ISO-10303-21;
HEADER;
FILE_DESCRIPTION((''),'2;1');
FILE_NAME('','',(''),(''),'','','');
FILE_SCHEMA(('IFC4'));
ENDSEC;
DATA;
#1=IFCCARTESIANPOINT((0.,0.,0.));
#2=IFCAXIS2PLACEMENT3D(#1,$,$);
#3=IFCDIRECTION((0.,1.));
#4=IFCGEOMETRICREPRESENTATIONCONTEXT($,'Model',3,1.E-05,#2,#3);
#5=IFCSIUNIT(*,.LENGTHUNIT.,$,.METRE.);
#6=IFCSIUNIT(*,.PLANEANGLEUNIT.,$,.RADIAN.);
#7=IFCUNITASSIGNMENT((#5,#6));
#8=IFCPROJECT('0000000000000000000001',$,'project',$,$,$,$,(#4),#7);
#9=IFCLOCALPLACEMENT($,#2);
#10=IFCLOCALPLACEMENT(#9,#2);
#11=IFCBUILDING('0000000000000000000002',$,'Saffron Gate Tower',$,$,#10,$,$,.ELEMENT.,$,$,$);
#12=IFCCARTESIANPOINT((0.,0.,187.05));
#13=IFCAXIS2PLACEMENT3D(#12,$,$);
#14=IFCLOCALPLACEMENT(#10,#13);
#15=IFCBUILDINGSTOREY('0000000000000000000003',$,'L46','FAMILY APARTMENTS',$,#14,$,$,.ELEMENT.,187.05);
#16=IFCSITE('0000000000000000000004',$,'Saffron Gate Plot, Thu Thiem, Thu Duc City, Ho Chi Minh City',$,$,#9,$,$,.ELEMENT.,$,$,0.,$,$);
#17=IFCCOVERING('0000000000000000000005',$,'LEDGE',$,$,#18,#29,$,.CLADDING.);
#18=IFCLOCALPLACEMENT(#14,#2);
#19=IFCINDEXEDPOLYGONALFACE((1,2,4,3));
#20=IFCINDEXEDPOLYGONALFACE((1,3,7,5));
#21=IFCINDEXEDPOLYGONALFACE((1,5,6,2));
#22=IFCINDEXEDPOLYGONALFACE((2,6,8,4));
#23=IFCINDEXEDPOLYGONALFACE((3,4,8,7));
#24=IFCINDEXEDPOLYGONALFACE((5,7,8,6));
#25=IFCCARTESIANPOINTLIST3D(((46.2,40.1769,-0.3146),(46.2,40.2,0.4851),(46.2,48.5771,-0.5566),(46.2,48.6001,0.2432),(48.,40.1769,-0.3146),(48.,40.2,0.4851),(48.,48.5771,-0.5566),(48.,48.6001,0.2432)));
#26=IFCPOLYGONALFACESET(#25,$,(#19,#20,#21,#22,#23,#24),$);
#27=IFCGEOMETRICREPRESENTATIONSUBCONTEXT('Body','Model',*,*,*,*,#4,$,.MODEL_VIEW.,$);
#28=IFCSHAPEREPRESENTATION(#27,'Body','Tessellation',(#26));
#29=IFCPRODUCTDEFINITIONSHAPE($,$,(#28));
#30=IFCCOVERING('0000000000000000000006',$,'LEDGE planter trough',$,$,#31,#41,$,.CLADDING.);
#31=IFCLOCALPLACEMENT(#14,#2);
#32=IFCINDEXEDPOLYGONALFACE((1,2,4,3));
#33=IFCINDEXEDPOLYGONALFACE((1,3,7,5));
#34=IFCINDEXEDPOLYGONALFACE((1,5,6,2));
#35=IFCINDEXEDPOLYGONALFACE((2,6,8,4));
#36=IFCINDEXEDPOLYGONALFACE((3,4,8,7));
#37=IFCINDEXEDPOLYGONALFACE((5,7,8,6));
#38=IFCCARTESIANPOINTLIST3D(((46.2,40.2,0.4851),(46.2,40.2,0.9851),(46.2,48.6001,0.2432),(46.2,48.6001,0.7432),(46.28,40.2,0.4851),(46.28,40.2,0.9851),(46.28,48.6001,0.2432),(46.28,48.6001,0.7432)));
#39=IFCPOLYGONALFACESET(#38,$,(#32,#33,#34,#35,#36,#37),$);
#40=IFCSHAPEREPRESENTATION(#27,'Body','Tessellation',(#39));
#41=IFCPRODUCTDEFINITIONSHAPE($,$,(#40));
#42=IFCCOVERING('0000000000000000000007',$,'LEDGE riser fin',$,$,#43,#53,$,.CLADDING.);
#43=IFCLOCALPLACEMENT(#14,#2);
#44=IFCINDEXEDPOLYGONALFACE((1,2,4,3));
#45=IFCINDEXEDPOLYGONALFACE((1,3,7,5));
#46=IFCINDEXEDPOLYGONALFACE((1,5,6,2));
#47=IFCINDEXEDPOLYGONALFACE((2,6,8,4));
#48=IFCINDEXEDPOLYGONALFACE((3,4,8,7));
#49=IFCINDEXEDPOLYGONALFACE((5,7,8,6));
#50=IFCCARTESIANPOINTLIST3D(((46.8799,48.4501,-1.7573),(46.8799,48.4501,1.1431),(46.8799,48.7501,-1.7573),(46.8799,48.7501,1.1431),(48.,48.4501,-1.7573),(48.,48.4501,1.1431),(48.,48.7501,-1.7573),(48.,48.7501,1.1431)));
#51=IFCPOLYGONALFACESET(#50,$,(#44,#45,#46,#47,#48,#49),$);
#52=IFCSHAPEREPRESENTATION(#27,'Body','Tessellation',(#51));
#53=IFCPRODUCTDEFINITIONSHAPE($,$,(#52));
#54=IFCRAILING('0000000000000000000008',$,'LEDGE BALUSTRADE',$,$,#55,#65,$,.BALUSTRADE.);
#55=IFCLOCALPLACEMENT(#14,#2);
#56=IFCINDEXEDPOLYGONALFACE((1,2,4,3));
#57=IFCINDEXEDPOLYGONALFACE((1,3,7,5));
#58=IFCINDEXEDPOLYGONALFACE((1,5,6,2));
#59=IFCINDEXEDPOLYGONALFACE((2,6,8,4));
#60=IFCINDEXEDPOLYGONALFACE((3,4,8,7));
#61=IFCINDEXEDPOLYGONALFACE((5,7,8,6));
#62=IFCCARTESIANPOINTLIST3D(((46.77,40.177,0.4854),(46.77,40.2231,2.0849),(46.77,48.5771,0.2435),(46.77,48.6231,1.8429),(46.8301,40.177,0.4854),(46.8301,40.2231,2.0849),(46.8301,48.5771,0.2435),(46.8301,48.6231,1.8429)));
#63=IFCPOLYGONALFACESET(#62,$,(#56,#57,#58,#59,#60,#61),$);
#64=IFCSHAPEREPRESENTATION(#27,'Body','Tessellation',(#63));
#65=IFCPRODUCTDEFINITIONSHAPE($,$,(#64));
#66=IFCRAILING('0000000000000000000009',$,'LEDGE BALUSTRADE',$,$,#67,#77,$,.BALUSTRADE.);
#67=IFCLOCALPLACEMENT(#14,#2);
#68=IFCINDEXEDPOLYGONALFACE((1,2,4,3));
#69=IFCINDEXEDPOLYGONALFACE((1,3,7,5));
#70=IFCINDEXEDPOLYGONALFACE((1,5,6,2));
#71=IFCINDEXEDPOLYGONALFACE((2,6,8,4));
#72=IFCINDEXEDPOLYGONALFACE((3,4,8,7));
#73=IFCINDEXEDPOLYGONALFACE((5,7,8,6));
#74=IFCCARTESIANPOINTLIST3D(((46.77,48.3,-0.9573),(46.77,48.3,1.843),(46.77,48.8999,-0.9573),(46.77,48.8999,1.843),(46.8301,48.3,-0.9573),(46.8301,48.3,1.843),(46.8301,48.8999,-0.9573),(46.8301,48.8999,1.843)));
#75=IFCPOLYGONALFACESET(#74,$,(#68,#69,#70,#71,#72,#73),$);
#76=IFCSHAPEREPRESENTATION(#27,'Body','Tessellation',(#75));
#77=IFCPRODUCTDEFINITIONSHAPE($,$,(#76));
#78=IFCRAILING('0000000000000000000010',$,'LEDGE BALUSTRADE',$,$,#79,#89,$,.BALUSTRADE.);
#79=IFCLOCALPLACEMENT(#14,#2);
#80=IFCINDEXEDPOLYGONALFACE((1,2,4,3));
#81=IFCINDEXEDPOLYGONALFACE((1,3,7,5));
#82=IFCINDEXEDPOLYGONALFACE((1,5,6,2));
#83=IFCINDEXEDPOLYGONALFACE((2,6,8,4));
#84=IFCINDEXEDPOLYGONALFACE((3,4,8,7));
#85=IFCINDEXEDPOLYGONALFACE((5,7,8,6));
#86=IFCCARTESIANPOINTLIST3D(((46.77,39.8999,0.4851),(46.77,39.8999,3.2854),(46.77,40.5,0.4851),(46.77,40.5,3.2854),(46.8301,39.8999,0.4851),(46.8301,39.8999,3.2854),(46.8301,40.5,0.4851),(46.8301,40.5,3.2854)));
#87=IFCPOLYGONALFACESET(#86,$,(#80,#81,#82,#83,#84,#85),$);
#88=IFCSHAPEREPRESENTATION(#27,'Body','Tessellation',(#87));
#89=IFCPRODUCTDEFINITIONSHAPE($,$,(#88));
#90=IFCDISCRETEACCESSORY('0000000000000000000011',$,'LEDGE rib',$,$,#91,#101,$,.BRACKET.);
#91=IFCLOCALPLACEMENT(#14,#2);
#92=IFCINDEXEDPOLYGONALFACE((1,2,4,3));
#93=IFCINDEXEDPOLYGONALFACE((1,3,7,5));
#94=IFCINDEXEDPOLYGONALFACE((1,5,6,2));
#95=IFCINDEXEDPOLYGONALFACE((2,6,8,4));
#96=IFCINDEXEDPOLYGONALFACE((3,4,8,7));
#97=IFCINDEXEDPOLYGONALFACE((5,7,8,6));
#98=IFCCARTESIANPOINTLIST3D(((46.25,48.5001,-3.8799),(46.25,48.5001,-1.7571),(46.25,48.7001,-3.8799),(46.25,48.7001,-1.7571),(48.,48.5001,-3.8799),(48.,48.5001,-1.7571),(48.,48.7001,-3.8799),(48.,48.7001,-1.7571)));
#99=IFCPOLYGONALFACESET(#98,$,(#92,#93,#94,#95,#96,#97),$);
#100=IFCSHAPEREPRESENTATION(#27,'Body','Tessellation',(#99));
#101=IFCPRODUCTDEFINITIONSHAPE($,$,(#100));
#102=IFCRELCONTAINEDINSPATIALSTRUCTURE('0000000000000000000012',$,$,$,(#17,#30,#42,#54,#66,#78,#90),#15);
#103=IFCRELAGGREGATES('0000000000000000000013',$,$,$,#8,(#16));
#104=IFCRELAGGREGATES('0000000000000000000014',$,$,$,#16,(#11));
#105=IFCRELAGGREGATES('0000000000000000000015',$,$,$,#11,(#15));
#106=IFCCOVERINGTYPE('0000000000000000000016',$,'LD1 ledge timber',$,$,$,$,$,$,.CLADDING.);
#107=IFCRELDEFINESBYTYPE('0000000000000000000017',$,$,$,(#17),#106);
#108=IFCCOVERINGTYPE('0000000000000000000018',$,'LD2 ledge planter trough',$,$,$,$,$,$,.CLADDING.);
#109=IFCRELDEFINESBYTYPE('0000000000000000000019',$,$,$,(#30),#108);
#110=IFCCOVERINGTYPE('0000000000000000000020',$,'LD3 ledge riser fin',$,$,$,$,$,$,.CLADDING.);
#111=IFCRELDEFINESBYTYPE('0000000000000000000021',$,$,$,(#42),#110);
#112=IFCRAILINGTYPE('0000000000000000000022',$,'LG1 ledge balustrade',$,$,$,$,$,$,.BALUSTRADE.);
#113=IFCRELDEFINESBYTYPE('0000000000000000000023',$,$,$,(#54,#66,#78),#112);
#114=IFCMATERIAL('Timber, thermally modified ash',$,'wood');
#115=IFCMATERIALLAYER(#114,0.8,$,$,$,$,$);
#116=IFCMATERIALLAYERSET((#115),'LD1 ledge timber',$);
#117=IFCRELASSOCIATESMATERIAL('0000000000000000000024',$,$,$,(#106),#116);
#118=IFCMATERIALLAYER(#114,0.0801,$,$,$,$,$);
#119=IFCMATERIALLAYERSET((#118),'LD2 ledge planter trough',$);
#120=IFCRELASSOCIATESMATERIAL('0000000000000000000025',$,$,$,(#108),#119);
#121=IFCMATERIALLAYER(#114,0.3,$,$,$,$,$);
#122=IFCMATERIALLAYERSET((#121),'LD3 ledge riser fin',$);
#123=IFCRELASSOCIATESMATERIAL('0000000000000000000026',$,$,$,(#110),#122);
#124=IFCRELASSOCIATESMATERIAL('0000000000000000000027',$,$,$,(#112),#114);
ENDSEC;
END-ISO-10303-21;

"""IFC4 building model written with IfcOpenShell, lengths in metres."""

from ifc_helpers import new_model, si_unit, direction, frame, origin, origin_2d, place, context, subcontext, project, spatial, polyline, rectangle, outline, extrude, material, layer, layer_set, type_object, element, save


model = new_model("IFC4")

# Units and contexts
model_context = context("Model", 3, precision=1e-05, world=origin(), true_north=direction((0.0, 1.0)))
body_context = subcontext(model_context, "Body", "Model", "MODEL_VIEW")
ifc_project = project(units=[si_unit("LENGTHUNIT", "METRE"), si_unit("PLANEANGLEUNIT", "RADIAN")], contexts=[model_context])

# Site, building, storey
site_placement = place(None, origin())
site = spatial("IfcSite", under=ifc_project, at=site_placement, Name="Saffron Gate Plot, Thu Thiem, Thu Duc City, Ho Chi Minh City", CompositionType="ELEMENT", RefElevation=0.0)
building_placement = place(site_placement, origin())
building = spatial("IfcBuilding", under=site, at=building_placement, Name="Saffron Gate Tower", CompositionType="ELEMENT")
storey_placement = place(building_placement, frame((0.0, 0.0, 187.05)))
storey = spatial("IfcBuildingStorey", under=building, at=storey_placement, Name="L46", Description="FAMILY APARTMENTS", CompositionType="ELEMENT", Elevation=187.05)

# Coverings
ifc_material_1 = material(Name="Timber, thermally modified ash", Category="wood")
ifc_layer_1 = layer(ifc_material_1, 0.8)
ifc_layer_set_1 = layer_set([ifc_layer_1], Name="LD1 ledge timber")
covering_type_1 = type_object("IfcCoveringType", Name="LD1 ledge timber", PredefinedType="CLADDING", material=ifc_layer_set_1)
covering_1_placement = place(storey_placement, frame((48.0, 48.6001, 0.2432), z_axis=(0.0, 0.02879, 0.999585), x_axis=(0.0, -0.999585, 0.02879)))
element("IfcCovering", 1, at=covering_1_placement, inside=storey, type_object=covering_type_1, Name="LEDGE", PredefinedType="CLADDING", context=body_context, shape_type="SweptSolid", body=[
    extrude(outline(polyline([(0.0, 0.0), (8.4036, 0.0), (8.4036, -1.8), (0.0, -1.8), (0.0, 0.0)])), origin(), (0.0, 0.0, -1.0), 0.8),
])
ifc_layer_2 = layer(ifc_material_1, 0.0801)
ifc_layer_set_2 = layer_set([ifc_layer_2], Name="LD2 ledge planter trough")
covering_type_2 = type_object("IfcCoveringType", Name="LD2 ledge planter trough", PredefinedType="CLADDING", material=ifc_layer_set_2)
covering_2_placement = place(storey_placement, frame((46.2, 48.6001, 0.2432), z_axis=(-1.0, 0.0, 0.0), x_axis=(0.0, -0.999585, 0.02879)))
element("IfcCovering", 2, at=covering_2_placement, inside=storey, type_object=covering_type_2, Name="LEDGE planter trough", PredefinedType="CLADDING", context=body_context, shape_type="SweptSolid", body=[
    extrude(outline(polyline([(0.0, 0.0), (8.4036, 0.0), (8.418, 0.4998), (0.0144, 0.4998), (0.0, 0.0)])), origin(), (0.0, 0.0, -1.0), 0.0801),
])
ifc_layer_3 = layer(ifc_material_1, 0.3)
ifc_layer_set_3 = layer_set([ifc_layer_3], Name="LD3 ledge riser fin")
covering_type_3 = type_object("IfcCoveringType", Name="LD3 ledge riser fin", PredefinedType="CLADDING", material=ifc_layer_set_3)
covering_3_placement = place(storey_placement, frame((47.4399, 48.6001, -1.7573), z_axis=(0.0, 0.0, 1.0), x_axis=(0.0, -1.0, 0.0)))
element("IfcCovering", 3, at=covering_3_placement, inside=storey, type_object=covering_type_3, Name="LEDGE riser fin", PredefinedType="CLADDING", context=body_context, shape_type="SweptSolid", body=[
    extrude(rectangle(XDim=0.3, YDim=1.1201, at=origin_2d()), origin(), (0.0, 0.0, 1.0), 2.9004),
])

# Railings
railing_type = type_object("IfcRailingType", Name="LG1 ledge balustrade", PredefinedType="BALUSTRADE", material=ifc_material_1)
railing_1_placement = place(storey_placement, frame((46.8, 48.6001, 0.2432)))
element("IfcRailing", 4, at=railing_1_placement, inside=storey, type_object=railing_type, Name="LEDGE BALUSTRADE", PredefinedType="BALUSTRADE", context=body_context, shape_type="SweptSolid", body=[
    extrude(rectangle(XDim=0.0601, YDim=1.6001, at=origin_2d()), frame((0.0, 0.0, 0.8), z_axis=(0.0, -0.999585, 0.02879), x_axis=(1.0, 0.0, 0.0)), (0.0, 0.0, 1.0), 8.4036),
])
railing_2_placement = place(storey_placement, frame((46.8, 48.8999, -0.9573)))
element("IfcRailing", 5, at=railing_2_placement, inside=storey, type_object=railing_type, Name="LEDGE BALUSTRADE", PredefinedType="BALUSTRADE", context=body_context, shape_type="SweptSolid", body=[
    extrude(rectangle(XDim=0.0601, YDim=2.8003, at=origin_2d()), frame((0.0, 0.0, 1.4001), z_axis=(0.0, -1.0, 0.0), x_axis=(1.0, 0.0, 0.0)), (0.0, 0.0, 1.0), 0.5999),
])
railing_3_placement = place(storey_placement, frame((46.8, 40.5, 0.4851)))
element("IfcRailing", 6, at=railing_3_placement, inside=storey, type_object=railing_type, Name="LEDGE BALUSTRADE", PredefinedType="BALUSTRADE", context=body_context, shape_type="SweptSolid", body=[
    extrude(rectangle(XDim=0.0601, YDim=2.8003, at=origin_2d()), frame((0.0, 0.0, 1.4001), z_axis=(0.0, -1.0, 0.0), x_axis=(1.0, 0.0, 0.0)), (0.0, 0.0, 1.0), 0.6001),
])

# Discrete accessory
discrete_accessory_placement = place(storey_placement, frame((47.125, 48.6001, -3.8799), z_axis=(0.0, 0.0, 1.0), x_axis=(0.0, -1.0, 0.0)))
element("IfcDiscreteAccessory", 7, at=discrete_accessory_placement, inside=storey, Name="LEDGE rib", PredefinedType="BRACKET", context=body_context, shape_type="SweptSolid", body=[
    extrude(rectangle(XDim=0.2, YDim=1.75, at=origin_2d()), origin(), (0.0, 0.0, 1.0), 2.1228),
])

save(model, "model.ifc")
